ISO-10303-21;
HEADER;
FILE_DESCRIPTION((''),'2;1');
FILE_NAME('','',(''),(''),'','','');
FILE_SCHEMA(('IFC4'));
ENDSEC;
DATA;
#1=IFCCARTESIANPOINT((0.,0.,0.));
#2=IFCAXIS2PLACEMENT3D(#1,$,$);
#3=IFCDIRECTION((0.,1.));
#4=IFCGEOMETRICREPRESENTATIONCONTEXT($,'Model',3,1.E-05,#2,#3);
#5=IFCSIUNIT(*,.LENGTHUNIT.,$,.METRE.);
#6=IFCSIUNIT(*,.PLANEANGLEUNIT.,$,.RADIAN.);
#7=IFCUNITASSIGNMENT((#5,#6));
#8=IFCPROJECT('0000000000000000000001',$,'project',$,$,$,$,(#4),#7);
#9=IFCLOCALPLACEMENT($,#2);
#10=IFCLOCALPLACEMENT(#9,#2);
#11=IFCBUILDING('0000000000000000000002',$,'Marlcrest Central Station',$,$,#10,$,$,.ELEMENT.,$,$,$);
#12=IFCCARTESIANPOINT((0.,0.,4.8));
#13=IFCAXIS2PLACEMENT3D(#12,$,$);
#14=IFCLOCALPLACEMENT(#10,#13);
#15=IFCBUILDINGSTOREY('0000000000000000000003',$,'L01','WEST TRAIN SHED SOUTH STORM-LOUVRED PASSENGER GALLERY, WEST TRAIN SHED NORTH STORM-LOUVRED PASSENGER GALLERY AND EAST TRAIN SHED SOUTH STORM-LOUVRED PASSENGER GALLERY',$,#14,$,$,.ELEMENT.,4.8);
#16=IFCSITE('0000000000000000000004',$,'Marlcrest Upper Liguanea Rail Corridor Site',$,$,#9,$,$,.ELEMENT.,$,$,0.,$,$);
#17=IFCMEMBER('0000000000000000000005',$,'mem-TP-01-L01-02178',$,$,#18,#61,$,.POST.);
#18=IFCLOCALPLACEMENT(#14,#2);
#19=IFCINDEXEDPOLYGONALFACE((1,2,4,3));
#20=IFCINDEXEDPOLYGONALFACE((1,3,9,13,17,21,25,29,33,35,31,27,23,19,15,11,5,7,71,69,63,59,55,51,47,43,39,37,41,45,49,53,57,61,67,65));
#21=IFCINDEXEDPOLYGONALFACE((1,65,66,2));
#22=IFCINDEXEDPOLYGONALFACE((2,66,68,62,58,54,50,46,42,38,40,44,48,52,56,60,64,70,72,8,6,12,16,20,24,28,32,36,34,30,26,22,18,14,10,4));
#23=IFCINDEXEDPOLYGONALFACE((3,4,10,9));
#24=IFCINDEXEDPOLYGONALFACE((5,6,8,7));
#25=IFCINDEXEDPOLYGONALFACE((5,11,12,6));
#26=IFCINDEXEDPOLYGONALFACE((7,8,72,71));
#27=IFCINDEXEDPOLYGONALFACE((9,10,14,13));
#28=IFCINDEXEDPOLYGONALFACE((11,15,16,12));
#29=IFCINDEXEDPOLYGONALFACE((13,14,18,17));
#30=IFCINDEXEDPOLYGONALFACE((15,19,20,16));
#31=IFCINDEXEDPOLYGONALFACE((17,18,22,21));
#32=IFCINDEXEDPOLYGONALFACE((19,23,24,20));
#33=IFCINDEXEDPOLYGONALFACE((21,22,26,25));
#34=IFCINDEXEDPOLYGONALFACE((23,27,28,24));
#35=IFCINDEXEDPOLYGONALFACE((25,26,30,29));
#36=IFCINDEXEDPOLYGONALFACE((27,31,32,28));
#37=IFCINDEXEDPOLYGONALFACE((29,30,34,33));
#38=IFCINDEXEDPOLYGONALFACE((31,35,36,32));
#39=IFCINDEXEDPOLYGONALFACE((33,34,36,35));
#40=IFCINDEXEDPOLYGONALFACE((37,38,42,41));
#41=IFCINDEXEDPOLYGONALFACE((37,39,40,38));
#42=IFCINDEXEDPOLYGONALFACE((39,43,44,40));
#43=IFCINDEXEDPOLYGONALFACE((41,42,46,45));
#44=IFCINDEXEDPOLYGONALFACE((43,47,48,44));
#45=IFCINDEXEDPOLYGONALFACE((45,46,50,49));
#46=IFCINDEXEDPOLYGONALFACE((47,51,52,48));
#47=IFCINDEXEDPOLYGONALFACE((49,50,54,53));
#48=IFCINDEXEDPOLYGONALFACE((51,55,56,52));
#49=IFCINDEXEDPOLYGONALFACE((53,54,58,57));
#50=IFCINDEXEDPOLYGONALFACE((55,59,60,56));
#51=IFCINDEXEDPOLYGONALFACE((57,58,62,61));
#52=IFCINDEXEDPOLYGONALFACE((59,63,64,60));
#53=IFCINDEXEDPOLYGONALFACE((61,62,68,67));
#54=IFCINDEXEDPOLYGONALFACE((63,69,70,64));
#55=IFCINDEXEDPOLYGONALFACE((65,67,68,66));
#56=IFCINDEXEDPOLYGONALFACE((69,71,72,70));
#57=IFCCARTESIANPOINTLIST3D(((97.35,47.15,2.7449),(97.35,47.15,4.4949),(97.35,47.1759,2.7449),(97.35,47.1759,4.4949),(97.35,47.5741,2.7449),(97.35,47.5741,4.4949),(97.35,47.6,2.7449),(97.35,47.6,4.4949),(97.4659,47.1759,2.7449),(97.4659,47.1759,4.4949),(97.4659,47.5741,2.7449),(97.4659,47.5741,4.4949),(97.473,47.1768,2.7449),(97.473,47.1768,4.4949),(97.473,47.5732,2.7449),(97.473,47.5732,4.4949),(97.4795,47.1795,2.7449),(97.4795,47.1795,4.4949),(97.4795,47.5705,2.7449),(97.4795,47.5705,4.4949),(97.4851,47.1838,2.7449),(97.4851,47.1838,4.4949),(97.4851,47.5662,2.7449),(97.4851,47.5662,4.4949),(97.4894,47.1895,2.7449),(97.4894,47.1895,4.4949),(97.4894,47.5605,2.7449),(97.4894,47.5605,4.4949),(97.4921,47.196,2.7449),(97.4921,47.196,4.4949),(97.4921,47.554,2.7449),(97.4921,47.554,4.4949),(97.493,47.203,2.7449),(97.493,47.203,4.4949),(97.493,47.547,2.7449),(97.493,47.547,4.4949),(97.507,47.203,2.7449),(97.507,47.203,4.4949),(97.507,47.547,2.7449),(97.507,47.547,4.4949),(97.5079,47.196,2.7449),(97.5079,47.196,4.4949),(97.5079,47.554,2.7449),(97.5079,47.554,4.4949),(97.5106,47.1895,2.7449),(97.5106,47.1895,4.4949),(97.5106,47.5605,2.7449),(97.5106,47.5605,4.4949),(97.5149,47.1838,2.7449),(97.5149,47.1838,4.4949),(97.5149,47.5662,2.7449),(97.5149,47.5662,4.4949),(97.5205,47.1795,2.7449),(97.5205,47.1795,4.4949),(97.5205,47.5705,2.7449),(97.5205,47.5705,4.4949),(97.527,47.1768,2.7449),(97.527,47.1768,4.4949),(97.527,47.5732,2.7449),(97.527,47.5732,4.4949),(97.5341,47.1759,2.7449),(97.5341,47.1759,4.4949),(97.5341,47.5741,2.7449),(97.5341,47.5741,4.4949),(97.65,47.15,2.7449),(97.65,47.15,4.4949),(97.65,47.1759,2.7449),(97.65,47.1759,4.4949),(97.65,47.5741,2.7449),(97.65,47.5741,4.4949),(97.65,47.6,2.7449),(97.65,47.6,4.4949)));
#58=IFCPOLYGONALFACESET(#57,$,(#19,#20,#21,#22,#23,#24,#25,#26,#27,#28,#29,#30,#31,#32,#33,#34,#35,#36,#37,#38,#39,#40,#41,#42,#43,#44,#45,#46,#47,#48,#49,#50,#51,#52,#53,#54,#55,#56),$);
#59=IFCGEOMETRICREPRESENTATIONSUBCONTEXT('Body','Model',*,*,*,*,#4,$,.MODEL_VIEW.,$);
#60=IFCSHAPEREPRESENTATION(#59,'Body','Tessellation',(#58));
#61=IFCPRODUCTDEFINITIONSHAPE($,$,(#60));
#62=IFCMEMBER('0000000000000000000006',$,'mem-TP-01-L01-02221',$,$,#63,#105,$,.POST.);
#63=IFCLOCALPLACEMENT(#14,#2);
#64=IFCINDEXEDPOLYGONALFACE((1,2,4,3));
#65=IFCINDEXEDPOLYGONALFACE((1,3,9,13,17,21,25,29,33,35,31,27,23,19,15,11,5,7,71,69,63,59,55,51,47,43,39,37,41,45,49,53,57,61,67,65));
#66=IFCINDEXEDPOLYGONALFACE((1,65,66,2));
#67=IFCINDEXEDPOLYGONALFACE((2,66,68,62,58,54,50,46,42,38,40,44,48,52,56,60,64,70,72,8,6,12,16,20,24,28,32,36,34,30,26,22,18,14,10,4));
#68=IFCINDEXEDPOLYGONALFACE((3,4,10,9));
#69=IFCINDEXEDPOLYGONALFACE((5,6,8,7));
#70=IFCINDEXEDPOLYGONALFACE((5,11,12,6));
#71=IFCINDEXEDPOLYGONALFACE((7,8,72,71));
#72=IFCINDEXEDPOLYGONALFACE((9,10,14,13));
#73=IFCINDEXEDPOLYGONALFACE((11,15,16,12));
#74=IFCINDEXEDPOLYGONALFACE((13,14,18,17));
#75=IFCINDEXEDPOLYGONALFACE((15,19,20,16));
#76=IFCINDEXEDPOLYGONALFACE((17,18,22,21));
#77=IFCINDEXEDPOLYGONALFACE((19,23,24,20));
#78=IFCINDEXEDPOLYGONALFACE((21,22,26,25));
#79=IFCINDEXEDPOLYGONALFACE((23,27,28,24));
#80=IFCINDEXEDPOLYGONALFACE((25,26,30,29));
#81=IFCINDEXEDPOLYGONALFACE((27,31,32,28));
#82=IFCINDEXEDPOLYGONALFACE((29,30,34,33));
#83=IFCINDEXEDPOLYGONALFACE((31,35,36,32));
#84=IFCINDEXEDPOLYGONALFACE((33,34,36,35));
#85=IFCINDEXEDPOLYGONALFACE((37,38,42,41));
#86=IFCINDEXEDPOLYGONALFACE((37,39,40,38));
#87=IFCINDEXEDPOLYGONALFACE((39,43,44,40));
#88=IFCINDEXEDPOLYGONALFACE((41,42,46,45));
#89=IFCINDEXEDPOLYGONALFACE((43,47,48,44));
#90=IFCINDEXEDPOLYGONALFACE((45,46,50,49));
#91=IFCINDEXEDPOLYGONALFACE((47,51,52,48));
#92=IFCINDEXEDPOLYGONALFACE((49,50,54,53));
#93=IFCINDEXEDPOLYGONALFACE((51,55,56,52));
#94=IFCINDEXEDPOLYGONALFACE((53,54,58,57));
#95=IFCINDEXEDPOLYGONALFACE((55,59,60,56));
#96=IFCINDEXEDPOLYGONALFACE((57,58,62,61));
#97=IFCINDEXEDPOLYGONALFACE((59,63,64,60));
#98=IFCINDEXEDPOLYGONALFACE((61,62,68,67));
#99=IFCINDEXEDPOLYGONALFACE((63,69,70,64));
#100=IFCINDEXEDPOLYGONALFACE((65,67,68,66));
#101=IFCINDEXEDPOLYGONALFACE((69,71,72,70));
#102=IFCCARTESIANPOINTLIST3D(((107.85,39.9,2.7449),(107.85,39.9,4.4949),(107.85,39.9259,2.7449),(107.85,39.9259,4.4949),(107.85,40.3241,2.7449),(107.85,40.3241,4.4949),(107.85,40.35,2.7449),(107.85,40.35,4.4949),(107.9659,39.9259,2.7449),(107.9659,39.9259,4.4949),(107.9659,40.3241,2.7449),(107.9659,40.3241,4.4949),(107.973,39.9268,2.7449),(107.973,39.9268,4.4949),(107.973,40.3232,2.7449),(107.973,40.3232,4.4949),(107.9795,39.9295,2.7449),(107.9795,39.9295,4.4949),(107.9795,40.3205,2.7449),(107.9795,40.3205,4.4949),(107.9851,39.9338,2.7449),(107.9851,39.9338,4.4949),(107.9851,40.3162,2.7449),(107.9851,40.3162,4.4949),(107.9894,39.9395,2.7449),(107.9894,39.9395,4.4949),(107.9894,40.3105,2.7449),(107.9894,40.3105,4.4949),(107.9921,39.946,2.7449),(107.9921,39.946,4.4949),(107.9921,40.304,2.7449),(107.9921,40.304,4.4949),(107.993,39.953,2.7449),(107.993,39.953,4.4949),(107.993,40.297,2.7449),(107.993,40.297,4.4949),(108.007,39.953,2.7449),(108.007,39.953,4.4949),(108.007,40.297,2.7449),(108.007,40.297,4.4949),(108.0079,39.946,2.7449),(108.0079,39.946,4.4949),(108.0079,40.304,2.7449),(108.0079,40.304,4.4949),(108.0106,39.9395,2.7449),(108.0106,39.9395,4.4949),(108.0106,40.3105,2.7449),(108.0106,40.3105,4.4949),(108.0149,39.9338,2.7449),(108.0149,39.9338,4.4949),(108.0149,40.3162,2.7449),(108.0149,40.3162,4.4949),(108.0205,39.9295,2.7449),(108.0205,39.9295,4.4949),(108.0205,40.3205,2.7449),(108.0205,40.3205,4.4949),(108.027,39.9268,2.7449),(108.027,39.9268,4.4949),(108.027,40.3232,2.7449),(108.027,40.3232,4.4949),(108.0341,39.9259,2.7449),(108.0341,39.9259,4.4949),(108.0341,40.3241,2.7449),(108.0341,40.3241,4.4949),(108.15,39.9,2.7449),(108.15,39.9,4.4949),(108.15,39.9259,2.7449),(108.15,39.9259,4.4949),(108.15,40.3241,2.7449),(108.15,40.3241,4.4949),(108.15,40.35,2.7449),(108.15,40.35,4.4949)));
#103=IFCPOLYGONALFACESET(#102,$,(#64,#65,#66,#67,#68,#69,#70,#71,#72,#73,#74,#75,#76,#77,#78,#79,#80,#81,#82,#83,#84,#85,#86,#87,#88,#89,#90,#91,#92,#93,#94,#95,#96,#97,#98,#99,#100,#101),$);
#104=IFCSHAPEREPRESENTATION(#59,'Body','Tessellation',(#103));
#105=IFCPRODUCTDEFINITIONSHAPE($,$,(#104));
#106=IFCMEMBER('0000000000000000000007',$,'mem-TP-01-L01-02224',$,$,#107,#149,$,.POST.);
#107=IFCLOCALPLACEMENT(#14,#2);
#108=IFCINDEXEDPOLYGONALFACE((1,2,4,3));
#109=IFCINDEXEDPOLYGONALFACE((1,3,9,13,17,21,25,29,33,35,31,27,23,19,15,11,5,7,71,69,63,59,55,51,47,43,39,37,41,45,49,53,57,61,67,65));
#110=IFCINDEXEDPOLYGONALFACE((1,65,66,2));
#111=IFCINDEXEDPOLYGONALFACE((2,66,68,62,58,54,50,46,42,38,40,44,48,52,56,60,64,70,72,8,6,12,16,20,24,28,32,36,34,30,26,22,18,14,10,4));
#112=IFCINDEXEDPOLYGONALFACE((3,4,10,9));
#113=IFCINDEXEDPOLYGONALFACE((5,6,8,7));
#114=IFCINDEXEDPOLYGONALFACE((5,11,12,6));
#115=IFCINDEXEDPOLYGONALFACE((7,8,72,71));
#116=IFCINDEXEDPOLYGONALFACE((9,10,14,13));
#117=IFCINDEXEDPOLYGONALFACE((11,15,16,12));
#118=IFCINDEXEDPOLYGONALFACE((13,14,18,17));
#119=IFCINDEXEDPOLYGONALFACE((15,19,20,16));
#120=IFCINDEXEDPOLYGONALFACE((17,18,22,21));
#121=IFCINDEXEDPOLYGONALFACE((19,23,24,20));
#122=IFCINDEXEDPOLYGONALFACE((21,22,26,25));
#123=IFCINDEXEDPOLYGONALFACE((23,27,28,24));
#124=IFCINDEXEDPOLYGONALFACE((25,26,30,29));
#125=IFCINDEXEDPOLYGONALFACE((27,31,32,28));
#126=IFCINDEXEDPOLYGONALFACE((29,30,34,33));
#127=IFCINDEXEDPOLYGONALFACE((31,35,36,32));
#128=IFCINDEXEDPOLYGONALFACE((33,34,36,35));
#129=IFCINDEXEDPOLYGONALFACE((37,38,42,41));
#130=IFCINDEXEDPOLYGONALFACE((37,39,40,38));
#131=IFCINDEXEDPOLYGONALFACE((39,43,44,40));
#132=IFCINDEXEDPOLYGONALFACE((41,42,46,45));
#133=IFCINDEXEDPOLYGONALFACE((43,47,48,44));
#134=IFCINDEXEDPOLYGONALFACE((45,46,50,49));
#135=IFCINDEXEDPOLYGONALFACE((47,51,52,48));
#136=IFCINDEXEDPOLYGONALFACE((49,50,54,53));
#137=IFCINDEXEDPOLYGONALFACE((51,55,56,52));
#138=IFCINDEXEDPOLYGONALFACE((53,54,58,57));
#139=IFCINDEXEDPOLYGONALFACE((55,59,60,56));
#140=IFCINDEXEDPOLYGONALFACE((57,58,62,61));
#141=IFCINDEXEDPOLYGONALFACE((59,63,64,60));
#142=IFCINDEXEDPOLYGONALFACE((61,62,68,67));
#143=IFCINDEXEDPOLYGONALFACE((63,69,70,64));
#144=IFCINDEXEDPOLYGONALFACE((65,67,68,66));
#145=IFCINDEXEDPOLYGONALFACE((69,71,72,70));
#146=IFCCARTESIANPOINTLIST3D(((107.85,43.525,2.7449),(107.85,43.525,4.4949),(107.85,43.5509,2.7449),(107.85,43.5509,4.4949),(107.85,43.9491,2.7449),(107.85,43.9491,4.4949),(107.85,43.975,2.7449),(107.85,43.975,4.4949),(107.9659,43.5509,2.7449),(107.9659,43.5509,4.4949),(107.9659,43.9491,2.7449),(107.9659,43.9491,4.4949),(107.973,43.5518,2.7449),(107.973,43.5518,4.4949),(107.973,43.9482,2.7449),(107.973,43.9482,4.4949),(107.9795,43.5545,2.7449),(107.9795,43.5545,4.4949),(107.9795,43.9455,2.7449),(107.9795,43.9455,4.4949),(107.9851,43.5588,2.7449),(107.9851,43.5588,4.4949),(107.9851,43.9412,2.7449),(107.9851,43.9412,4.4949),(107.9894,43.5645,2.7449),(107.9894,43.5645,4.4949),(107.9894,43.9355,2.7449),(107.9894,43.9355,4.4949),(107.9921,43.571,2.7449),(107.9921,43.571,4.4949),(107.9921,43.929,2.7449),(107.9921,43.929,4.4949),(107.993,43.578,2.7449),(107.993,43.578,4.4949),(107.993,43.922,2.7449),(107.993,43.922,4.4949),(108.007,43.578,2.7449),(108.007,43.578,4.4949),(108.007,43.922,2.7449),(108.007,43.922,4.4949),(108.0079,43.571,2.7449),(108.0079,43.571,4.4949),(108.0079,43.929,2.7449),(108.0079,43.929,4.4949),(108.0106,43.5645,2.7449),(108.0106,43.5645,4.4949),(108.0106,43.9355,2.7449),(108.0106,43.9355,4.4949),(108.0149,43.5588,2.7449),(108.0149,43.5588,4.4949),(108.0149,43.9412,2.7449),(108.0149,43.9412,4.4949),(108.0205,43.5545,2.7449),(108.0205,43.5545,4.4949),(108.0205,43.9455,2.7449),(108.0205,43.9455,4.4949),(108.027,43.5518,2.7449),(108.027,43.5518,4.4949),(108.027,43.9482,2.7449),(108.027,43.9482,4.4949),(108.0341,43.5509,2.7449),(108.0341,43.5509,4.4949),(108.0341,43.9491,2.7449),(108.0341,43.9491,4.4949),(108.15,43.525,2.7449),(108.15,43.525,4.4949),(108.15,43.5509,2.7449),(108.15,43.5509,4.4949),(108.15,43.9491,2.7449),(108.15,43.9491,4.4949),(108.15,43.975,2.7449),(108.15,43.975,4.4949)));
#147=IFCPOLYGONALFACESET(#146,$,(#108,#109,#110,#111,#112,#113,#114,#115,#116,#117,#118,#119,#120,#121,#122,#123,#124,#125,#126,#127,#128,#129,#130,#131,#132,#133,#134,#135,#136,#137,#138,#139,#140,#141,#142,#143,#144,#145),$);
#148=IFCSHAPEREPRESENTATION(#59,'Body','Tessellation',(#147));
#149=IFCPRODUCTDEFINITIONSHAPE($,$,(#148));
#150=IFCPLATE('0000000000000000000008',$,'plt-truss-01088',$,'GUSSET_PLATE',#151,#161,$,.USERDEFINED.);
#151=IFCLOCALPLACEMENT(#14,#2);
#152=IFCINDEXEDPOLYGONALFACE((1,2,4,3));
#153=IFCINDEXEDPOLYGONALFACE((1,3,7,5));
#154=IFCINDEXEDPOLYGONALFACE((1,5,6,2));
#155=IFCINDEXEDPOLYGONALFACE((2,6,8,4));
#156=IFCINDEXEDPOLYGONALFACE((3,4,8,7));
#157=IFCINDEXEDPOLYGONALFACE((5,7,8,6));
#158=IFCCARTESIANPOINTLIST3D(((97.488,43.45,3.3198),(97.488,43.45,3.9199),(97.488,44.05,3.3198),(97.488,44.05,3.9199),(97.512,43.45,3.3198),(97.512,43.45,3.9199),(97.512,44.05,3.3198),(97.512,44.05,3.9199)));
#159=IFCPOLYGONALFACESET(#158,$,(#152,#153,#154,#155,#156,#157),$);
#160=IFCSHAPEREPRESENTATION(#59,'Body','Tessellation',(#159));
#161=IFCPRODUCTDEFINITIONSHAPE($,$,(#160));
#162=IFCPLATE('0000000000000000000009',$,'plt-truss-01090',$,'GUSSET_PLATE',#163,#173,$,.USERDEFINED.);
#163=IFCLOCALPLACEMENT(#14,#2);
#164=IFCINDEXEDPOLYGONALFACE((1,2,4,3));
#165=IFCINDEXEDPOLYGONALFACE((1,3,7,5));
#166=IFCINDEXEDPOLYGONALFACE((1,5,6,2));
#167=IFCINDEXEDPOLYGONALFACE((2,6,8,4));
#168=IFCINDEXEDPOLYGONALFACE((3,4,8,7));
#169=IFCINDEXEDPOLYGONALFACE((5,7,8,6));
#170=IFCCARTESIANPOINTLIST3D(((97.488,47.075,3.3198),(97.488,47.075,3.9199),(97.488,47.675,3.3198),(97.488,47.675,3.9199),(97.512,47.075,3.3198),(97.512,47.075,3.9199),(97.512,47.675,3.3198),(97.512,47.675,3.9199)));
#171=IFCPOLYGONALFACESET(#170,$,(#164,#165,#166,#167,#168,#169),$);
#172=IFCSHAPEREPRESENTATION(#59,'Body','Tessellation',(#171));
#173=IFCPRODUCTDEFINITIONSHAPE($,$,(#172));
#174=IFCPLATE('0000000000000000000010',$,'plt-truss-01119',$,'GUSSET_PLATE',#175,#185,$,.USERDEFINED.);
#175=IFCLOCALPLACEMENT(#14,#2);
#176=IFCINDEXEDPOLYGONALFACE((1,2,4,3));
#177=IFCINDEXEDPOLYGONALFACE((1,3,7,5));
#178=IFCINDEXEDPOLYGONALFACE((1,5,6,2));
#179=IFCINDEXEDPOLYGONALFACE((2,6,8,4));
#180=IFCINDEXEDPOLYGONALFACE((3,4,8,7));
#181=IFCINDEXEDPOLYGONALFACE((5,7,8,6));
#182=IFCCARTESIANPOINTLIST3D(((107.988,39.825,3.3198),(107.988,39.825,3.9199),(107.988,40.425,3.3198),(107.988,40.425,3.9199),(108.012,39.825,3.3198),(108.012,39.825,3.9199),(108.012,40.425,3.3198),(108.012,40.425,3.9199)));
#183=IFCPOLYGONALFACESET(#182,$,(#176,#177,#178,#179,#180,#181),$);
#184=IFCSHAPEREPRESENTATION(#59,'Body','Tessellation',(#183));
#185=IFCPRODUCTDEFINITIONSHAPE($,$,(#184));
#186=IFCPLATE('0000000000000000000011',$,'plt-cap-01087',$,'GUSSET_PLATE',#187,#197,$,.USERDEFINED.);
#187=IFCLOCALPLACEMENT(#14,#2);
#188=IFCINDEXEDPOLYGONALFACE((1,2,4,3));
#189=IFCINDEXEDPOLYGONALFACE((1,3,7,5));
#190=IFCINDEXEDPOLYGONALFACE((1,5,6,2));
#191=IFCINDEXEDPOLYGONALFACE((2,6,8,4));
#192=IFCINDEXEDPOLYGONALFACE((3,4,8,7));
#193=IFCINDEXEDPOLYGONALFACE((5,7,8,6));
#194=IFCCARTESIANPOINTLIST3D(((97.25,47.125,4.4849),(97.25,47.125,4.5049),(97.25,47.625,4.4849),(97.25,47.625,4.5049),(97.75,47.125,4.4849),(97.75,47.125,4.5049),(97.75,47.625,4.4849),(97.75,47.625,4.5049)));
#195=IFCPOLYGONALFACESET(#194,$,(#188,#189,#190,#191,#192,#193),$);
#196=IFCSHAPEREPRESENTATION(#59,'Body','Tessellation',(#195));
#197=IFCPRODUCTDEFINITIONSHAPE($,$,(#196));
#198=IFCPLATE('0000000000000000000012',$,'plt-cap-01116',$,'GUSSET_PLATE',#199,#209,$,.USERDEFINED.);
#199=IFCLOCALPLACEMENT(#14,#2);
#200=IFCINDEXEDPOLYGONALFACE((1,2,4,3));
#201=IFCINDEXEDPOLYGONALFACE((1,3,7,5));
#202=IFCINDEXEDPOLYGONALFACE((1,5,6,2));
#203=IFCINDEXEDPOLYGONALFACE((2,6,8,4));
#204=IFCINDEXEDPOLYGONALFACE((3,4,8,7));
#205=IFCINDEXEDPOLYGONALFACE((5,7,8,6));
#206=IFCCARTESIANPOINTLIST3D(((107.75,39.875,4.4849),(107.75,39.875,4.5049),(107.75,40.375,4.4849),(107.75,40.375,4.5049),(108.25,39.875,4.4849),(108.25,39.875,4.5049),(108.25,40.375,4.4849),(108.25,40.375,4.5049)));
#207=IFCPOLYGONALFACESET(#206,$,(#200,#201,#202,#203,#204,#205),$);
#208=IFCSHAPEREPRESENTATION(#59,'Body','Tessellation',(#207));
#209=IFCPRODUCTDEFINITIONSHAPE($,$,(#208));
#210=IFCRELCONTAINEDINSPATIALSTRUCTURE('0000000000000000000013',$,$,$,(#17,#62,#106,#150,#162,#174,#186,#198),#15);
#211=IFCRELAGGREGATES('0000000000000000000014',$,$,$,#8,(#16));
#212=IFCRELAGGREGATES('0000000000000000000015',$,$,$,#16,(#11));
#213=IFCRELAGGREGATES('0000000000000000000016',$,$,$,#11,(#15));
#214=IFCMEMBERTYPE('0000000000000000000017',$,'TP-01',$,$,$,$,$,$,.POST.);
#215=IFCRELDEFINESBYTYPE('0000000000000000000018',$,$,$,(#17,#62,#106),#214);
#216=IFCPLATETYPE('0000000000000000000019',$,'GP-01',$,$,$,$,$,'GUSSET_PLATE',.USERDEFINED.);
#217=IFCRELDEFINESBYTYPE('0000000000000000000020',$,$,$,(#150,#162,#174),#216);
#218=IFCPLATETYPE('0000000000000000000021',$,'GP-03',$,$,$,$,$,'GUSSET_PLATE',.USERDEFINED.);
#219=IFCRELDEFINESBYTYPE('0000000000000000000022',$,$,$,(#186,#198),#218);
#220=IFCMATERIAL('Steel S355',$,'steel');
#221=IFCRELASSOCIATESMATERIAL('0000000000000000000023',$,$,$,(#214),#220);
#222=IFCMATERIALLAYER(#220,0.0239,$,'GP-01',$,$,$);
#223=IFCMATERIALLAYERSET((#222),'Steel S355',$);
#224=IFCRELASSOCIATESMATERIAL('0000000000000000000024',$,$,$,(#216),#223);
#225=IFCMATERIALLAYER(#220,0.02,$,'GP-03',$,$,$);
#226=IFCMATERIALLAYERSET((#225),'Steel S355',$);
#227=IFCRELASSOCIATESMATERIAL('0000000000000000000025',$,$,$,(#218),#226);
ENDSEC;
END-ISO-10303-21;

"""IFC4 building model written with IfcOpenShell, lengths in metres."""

from ifc_helpers import new_model, si_unit, direction, frame, origin, origin_2d, place, context, subcontext, project, spatial, rectangle, i_section, extrude, material, layer, layer_set, material_profile, profile_set, type_object, element, save


model = new_model("IFC4")

# Units and contexts
model_context = context("Model", 3, precision=1e-05, world=origin(), true_north=direction((0.0, 1.0)))
body_context = subcontext(model_context, "Body", "Model", "MODEL_VIEW")
ifc_project = project(units=[si_unit("LENGTHUNIT", "METRE"), si_unit("PLANEANGLEUNIT", "RADIAN")], contexts=[model_context])

# Site, building, storey
site_placement = place(None, origin())
site = spatial("IfcSite", under=ifc_project, at=site_placement, Name="Marlcrest Upper Liguanea Rail Corridor Site", CompositionType="ELEMENT", RefElevation=0.0)
building_placement = place(site_placement, origin())
building = spatial("IfcBuilding", under=site, at=building_placement, Name="Marlcrest Central Station", CompositionType="ELEMENT")
storey_placement = place(building_placement, frame((0.0, 0.0, 4.8)))
storey = spatial("IfcBuildingStorey", under=building, at=storey_placement, Name="L01", Description="WEST TRAIN SHED SOUTH STORM-LOUVRED PASSENGER GALLERY, WEST TRAIN SHED NORTH STORM-LOUVRED PASSENGER GALLERY AND EAST TRAIN SHED SOUTH STORM-LOUVRED PASSENGER GALLERY", CompositionType="ELEMENT", Elevation=4.8)

# Shared definitions
ifc_material = material(Name="Steel S355", Category="steel")

# Members
ifc_material_profile_1 = material_profile(ifc_material, i_section(OverallWidth=0.3, OverallDepth=0.45, WebThickness=0.0139, FlangeThickness=0.0259, FilletRadius=0.0271, at=origin_2d()), Name="HEB 450")
ifc_profile_set_1 = profile_set([ifc_material_profile_1], Name="Steel S355")
member_type_1 = type_object("IfcMemberType", Name="TP-01", PredefinedType="POST", material=ifc_profile_set_1)
for number, where, z_axis, x_axis, name in (
    (1, (97.5, 47.375, 2.7449), (0.0, 0.0, 1.0), (1.0, 0.0, 0.0), "mem-TP-01-L01-02178"),
    (2, (108.0, 40.125, 2.7449), (0.0, 0.0, 1.0), (1.0, 0.0, 0.0), "mem-TP-01-L01-02221"),
    (3, (108.0, 43.75, 2.7449), (0.0, 0.0, 1.0), (1.0, 0.0, 0.0), "mem-TP-01-L01-02224"),
):
    element("IfcMember", number, at=place(storey_placement, frame(where, z_axis=z_axis, x_axis=x_axis)), inside=storey, type_object=member_type_1, Name=name, PredefinedType="POST", context=body_context, shape_type="SweptSolid", body=[
        extrude(i_section(OverallWidth=0.3, OverallDepth=0.45, WebThickness=0.0139, FlangeThickness=0.0259, FilletRadius=0.0271, at=origin_2d()), origin(), (0.0, 0.0, 1.0), 1.75),
    ])

# Plates
ifc_layer_1 = layer(ifc_material, 0.0239, Name="GP-01")
ifc_layer_set_1 = layer_set([ifc_layer_1], Name="Steel S355")
plate_type_1 = type_object("IfcPlateType", Name="GP-01", ElementType="GUSSET_PLATE", PredefinedType="USERDEFINED", material=ifc_layer_set_1)
for number, where, z_axis, x_axis, name in (
    (4, (97.5, 43.75, 3.3198), (0.0, 0.0, 1.0), (1.0, 0.0, 0.0), "plt-truss-01088"),
    (5, (97.5, 47.375, 3.3198), (0.0, 0.0, 1.0), (1.0, 0.0, 0.0), "plt-truss-01090"),
    (6, (108.0, 40.125, 3.3198), (0.0, 0.0, 1.0), (1.0, 0.0, 0.0), "plt-truss-01119"),
):
    element("IfcPlate", number, at=place(storey_placement, frame(where, z_axis=z_axis, x_axis=x_axis)), inside=storey, type_object=plate_type_1, Name=name, ObjectType="GUSSET_PLATE", PredefinedType="USERDEFINED", context=body_context, shape_type="SweptSolid", body=[
        extrude(rectangle(XDim=0.0239, YDim=0.6001, at=origin_2d()), origin(), (0.0, 0.0, 1.0), 0.6001),
    ])
ifc_layer_2 = layer(ifc_material, 0.02, Name="GP-03")
ifc_layer_set_2 = layer_set([ifc_layer_2], Name="Steel S355")
plate_type_2 = type_object("IfcPlateType", Name="GP-03", ElementType="GUSSET_PLATE", PredefinedType="USERDEFINED", material=ifc_layer_set_2)
for number, where, z_axis, x_axis, name in (
    (7, (97.5, 47.375, 4.4849), (0.0, 0.0, 1.0), (1.0, 0.0, 0.0), "plt-cap-01087"),
    (8, (108.0, 40.125, 4.4849), (0.0, 0.0, 1.0), (1.0, 0.0, 0.0), "plt-cap-01116"),
):
    element("IfcPlate", number, at=place(storey_placement, frame(where, z_axis=z_axis, x_axis=x_axis)), inside=storey, type_object=plate_type_2, Name=name, ObjectType="GUSSET_PLATE", PredefinedType="USERDEFINED", context=body_context, shape_type="SweptSolid", body=[
        extrude(rectangle(XDim=0.5, YDim=0.5, at=origin_2d()), origin(), (0.0, 0.0, 1.0), 0.02),
    ])

save(model, "model.ifc")
